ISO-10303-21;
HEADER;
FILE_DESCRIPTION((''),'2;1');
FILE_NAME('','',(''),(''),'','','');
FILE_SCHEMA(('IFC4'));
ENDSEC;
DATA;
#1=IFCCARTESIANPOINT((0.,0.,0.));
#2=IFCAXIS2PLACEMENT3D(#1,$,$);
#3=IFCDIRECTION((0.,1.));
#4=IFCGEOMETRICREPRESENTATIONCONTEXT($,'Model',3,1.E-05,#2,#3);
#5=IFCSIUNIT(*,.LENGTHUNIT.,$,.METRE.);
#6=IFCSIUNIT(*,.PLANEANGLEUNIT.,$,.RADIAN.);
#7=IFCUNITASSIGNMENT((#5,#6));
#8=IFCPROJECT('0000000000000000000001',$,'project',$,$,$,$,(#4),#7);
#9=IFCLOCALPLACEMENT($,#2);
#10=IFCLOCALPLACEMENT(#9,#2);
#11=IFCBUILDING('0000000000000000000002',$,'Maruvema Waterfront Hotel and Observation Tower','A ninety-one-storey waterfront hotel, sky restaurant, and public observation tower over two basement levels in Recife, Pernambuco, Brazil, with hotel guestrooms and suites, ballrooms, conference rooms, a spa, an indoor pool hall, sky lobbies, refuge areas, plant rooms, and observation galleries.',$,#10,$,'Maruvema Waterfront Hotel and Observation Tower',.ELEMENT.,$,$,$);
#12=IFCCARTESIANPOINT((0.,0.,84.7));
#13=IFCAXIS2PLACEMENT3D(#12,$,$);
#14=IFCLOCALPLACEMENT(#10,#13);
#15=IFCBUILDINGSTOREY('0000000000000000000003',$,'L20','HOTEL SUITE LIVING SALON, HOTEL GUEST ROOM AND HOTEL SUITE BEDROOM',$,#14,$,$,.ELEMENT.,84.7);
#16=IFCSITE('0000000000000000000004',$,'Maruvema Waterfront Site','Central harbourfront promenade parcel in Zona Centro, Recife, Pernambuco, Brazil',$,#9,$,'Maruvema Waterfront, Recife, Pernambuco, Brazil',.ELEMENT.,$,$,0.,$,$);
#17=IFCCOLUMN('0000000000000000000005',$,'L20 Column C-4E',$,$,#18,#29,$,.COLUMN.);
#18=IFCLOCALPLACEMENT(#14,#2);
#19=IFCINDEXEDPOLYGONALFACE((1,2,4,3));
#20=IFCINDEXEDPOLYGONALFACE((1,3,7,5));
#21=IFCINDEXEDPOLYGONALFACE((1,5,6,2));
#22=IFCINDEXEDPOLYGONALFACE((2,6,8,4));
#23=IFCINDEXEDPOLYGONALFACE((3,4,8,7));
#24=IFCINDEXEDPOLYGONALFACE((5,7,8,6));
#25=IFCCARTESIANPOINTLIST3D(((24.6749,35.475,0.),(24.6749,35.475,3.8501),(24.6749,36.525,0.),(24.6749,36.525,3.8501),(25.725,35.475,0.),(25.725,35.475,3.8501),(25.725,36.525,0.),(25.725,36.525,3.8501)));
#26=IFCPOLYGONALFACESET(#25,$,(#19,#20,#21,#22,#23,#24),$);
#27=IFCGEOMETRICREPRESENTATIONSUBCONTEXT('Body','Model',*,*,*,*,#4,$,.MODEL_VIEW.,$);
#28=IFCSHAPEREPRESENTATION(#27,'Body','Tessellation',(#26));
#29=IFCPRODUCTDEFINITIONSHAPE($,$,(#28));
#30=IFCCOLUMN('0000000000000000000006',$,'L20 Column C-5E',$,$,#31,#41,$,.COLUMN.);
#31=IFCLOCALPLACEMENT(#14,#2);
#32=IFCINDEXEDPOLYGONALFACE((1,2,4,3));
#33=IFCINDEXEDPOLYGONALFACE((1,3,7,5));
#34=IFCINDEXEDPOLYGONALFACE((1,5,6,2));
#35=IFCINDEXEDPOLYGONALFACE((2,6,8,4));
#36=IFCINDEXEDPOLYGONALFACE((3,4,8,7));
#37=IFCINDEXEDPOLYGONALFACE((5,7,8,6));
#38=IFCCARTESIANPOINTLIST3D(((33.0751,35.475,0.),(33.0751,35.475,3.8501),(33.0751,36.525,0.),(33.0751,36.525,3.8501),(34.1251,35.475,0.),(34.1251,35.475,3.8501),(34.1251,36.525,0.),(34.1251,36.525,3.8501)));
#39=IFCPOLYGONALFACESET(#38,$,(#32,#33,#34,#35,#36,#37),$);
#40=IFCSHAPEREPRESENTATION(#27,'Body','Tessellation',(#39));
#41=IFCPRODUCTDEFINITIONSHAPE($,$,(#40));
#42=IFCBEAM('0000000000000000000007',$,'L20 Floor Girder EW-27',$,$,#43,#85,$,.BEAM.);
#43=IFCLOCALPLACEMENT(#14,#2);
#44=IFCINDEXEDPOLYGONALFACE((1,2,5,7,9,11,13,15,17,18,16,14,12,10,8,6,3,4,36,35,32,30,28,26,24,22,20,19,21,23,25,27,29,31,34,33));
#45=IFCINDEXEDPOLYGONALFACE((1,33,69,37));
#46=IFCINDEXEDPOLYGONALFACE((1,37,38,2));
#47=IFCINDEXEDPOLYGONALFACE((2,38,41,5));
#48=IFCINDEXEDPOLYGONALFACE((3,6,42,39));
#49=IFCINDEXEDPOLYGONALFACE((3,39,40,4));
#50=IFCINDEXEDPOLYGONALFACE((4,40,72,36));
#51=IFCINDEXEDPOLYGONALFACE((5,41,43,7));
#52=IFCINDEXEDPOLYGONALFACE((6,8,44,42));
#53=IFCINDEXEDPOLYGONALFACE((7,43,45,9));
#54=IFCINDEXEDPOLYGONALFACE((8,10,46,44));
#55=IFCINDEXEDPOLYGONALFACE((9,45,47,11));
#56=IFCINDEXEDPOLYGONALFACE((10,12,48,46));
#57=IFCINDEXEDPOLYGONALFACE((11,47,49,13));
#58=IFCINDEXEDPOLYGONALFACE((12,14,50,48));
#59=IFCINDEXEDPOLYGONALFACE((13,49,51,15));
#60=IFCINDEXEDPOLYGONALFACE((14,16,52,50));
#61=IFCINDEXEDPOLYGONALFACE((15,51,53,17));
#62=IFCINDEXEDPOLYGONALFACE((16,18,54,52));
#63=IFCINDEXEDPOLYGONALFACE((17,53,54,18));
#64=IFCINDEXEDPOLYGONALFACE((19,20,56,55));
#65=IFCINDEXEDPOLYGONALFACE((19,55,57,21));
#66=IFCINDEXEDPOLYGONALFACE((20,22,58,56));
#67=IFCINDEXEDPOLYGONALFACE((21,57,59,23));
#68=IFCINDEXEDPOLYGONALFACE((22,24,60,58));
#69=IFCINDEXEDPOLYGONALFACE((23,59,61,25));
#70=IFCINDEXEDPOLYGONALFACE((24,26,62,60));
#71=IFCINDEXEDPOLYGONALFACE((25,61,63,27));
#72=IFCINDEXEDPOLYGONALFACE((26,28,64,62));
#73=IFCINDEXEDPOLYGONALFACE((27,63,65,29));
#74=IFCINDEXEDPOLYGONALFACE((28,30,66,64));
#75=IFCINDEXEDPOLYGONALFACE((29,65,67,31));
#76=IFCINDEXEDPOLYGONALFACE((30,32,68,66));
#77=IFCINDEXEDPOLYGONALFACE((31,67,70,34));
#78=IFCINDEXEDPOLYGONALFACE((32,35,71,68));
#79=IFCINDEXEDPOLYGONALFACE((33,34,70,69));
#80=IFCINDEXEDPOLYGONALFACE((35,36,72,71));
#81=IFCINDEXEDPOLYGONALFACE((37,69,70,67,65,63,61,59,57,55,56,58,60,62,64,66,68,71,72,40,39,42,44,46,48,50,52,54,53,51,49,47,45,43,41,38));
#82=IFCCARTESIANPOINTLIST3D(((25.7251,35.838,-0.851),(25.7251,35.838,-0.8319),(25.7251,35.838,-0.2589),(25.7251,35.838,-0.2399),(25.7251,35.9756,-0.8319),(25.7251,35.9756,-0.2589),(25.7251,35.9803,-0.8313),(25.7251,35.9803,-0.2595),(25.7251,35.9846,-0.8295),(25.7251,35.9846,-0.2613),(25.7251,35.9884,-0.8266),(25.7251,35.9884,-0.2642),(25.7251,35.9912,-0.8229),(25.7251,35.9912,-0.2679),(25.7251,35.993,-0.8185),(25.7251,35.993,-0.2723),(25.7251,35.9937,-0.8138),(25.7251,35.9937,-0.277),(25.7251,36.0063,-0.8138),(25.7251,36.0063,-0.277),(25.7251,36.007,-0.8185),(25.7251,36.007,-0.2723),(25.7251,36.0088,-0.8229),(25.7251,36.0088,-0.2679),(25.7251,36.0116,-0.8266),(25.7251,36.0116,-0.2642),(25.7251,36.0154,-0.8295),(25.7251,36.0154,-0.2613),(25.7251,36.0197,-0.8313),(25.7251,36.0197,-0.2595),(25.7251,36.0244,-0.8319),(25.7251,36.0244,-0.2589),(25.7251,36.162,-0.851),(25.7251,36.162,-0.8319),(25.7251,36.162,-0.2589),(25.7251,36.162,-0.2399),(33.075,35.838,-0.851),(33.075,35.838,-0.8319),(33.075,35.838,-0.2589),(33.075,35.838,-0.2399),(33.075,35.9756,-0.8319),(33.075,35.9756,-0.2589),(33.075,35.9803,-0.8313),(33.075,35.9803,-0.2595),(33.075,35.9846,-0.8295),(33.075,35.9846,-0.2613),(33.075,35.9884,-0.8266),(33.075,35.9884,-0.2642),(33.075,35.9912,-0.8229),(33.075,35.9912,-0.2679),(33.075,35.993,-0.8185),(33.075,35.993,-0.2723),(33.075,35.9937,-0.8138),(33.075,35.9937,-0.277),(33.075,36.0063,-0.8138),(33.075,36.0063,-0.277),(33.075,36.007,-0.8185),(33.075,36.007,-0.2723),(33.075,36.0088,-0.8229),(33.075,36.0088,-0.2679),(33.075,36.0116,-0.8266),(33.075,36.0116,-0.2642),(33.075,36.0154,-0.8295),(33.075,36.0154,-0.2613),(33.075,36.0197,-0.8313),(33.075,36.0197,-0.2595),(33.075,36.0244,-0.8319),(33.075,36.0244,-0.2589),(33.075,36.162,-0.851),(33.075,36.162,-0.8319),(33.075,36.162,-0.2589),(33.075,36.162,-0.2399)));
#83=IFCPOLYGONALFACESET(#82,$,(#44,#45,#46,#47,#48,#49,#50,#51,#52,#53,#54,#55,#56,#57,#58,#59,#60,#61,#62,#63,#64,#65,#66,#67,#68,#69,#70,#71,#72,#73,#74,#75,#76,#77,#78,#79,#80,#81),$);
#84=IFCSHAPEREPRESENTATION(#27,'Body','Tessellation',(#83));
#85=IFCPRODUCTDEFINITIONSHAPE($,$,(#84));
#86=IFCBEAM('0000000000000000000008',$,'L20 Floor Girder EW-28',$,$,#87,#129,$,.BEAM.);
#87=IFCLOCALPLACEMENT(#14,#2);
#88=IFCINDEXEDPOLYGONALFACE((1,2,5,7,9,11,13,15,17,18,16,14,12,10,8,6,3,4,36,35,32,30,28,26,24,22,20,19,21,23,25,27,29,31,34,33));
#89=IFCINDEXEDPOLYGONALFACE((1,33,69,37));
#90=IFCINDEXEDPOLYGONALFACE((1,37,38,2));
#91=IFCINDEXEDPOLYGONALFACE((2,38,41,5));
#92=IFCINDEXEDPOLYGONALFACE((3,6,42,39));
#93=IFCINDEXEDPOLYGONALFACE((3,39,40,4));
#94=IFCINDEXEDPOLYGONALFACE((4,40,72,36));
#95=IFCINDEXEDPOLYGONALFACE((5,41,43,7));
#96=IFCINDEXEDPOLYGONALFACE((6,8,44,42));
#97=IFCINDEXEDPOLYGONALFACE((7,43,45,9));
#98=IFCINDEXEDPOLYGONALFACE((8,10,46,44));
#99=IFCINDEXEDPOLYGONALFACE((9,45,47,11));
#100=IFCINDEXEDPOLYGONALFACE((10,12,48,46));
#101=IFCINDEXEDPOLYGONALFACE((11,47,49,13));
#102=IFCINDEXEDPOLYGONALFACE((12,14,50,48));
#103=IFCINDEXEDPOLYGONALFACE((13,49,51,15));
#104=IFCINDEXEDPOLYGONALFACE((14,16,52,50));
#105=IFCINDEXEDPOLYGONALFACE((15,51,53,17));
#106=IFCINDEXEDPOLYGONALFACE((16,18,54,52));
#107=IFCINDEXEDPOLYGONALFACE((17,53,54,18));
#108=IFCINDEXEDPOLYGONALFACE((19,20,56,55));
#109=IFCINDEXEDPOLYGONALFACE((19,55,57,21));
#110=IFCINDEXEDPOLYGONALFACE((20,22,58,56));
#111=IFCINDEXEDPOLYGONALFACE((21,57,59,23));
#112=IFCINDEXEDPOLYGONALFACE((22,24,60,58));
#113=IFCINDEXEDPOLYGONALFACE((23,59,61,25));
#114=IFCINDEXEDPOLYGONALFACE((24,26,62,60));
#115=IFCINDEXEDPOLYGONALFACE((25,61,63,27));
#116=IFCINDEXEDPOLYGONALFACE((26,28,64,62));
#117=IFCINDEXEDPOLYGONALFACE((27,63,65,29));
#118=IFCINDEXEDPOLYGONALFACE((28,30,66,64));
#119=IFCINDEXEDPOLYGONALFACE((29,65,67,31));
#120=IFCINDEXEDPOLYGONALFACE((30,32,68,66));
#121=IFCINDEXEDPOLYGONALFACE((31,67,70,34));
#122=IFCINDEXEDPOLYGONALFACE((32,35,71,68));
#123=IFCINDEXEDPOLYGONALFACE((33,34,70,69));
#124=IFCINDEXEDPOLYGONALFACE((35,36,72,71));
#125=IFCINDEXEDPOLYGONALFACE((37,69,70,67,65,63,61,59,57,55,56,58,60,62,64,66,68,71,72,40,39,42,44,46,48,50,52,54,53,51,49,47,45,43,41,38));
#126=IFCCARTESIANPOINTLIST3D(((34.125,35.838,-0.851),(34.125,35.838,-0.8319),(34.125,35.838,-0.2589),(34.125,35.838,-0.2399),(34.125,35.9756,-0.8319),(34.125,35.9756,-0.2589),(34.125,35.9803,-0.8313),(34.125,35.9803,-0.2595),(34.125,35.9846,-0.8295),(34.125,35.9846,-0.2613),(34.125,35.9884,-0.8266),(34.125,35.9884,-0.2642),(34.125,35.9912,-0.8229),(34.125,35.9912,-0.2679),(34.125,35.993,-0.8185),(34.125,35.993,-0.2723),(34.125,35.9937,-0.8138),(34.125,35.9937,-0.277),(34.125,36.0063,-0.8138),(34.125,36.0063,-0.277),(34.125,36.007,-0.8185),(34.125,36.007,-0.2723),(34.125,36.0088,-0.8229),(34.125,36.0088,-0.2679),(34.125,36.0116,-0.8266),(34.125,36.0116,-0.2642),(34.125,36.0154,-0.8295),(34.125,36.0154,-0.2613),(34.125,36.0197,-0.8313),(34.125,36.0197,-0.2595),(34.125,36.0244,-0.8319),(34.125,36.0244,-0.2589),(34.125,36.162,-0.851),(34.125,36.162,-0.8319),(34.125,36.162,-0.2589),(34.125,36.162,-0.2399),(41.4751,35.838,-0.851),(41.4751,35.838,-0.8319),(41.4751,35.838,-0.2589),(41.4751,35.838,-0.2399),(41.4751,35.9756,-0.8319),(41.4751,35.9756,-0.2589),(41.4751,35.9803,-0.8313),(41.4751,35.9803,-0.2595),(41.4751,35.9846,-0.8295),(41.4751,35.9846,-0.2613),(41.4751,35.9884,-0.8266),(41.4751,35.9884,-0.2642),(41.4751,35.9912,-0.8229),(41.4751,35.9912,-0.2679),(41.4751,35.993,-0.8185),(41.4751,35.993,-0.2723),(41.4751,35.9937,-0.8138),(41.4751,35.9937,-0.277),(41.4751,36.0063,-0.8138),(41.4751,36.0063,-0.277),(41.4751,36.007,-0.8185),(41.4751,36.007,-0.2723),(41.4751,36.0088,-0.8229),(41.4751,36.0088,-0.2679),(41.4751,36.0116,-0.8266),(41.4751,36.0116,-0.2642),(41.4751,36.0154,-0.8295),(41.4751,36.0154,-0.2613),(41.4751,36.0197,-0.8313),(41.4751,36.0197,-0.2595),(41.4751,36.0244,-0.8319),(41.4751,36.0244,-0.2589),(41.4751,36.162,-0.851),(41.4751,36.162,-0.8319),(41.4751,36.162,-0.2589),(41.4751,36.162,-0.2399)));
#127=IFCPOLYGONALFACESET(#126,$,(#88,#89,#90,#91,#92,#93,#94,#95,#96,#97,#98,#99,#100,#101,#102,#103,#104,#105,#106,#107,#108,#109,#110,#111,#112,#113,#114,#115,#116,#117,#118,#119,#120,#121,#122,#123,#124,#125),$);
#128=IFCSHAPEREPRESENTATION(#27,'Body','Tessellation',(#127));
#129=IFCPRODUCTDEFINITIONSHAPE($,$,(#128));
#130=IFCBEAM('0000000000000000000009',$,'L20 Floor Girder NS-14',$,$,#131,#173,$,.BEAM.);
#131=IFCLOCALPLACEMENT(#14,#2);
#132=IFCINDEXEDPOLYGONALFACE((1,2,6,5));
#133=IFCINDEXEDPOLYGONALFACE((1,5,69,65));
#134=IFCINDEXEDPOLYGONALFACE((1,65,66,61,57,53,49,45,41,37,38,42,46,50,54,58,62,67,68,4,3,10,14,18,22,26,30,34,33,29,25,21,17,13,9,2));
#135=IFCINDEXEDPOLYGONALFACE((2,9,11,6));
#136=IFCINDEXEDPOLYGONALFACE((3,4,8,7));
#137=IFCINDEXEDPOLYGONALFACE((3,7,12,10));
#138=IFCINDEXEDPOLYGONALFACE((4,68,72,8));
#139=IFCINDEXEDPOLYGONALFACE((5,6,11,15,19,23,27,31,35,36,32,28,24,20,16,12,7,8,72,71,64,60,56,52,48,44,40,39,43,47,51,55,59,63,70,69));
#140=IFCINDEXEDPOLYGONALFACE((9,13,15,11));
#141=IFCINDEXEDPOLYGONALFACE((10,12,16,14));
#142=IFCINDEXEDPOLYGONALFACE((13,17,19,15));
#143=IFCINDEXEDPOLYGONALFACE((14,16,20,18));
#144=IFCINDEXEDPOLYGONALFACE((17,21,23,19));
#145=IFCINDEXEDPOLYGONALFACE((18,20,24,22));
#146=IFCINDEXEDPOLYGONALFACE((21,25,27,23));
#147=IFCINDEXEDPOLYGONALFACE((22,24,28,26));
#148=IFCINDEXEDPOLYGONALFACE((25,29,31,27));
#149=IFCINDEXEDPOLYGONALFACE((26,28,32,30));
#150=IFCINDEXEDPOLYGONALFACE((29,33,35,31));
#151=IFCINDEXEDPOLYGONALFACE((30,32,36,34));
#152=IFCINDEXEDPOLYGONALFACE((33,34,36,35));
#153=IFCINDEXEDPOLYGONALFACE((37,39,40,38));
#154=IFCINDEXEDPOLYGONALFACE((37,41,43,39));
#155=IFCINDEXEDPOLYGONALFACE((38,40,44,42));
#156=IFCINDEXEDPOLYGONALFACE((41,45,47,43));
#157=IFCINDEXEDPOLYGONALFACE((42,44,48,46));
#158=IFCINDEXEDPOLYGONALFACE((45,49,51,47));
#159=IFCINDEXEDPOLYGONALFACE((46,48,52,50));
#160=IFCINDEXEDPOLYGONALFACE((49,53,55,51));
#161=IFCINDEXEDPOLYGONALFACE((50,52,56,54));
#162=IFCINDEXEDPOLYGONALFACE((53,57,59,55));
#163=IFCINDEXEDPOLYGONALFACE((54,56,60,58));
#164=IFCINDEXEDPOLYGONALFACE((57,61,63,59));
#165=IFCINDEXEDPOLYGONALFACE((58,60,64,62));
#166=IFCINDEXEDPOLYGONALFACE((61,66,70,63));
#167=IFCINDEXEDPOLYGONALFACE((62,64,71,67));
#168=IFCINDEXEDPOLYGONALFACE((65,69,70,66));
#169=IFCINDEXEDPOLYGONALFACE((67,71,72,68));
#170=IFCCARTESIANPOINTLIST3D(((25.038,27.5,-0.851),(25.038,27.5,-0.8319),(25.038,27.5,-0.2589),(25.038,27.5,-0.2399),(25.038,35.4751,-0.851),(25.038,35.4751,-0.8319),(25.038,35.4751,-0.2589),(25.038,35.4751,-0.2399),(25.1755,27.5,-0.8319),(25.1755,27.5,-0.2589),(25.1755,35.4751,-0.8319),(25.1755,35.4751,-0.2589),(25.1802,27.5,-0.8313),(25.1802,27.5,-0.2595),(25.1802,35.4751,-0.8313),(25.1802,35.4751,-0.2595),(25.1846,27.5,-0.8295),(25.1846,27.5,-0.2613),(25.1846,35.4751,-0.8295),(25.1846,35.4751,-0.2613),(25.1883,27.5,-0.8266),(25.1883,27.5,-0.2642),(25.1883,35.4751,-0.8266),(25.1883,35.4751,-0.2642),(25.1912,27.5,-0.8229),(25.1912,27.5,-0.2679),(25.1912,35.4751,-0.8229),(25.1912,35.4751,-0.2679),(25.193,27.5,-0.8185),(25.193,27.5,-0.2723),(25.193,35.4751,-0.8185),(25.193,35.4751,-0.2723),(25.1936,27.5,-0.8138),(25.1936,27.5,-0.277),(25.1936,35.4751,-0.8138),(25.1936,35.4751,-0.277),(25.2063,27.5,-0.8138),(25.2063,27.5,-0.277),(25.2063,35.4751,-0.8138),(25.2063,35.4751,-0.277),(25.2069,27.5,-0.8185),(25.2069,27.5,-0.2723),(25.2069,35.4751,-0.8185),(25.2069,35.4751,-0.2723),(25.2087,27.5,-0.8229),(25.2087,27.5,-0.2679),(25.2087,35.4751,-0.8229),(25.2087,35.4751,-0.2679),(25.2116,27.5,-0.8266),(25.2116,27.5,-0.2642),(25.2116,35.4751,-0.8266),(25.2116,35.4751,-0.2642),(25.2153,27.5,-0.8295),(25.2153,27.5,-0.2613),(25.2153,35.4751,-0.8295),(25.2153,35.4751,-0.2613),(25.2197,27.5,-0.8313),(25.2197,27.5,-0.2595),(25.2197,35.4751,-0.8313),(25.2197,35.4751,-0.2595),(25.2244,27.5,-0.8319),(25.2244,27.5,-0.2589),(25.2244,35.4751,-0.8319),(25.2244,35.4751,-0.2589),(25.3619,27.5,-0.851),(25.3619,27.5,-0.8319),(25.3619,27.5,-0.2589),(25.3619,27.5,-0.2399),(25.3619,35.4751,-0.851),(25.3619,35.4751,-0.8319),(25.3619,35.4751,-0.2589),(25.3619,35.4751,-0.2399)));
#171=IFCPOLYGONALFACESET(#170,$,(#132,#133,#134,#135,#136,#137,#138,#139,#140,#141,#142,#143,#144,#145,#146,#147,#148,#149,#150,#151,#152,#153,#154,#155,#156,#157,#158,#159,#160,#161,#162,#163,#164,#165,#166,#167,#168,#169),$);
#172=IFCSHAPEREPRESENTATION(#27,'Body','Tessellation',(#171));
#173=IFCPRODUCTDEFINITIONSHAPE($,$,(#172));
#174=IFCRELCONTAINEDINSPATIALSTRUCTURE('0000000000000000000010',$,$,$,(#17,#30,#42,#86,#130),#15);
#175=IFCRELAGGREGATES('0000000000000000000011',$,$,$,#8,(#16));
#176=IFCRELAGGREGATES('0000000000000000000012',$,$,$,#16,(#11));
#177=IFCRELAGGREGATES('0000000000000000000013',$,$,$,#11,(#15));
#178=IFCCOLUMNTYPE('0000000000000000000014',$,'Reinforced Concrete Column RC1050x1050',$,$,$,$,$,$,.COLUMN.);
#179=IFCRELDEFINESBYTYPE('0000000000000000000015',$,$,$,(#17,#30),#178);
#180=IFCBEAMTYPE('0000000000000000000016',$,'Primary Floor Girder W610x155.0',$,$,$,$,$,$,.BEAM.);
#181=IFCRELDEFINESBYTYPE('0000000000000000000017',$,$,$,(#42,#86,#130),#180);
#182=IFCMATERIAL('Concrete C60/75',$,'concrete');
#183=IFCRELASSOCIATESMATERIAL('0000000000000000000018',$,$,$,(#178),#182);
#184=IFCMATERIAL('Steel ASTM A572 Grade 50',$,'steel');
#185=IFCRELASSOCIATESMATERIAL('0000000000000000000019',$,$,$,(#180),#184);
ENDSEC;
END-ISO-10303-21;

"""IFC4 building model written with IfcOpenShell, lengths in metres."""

from ifc_helpers import new_model, si_unit, direction, frame, origin, origin_2d, place, context, subcontext, project, spatial, rectangle, i_section, extrude, material, material_profile, profile_set, type_object, element, save


model = new_model("IFC4")

# Units and contexts
model_context = context("Model", 3, precision=1e-05, world=origin(), true_north=direction((0.0, 1.0)))
body_context = subcontext(model_context, "Body", "Model", "MODEL_VIEW")
ifc_project = project(units=[si_unit("LENGTHUNIT", "METRE"), si_unit("PLANEANGLEUNIT", "RADIAN")], contexts=[model_context])

# Site, building, storey
site_placement = place(None, origin())
site = spatial("IfcSite", under=ifc_project, at=site_placement, Name="Maruvema Waterfront Site", Description="Central harbourfront promenade parcel in Zona Centro, Recife, Pernambuco, Brazil", LongName="Maruvema Waterfront, Recife, Pernambuco, Brazil", CompositionType="ELEMENT", RefElevation=0.0)
building_placement = place(site_placement, origin())
building = spatial("IfcBuilding", under=site, at=building_placement, Name="Maruvema Waterfront Hotel and Observation Tower", Description="A ninety-one-storey waterfront hotel, sky restaurant, and public observation tower over two basement levels in Recife, Pernambuco, Brazil, with hotel guestrooms and suites, ballrooms, conference rooms, a spa, an indoor pool hall, sky lobbies, refuge areas, plant rooms, and observation galleries.", LongName="Maruvema Waterfront Hotel and Observation Tower", CompositionType="ELEMENT")
storey_placement = place(building_placement, frame((0.0, 0.0, 84.7)))
storey = spatial("IfcBuildingStorey", under=building, at=storey_placement, Name="L20", Description="HOTEL SUITE LIVING SALON, HOTEL GUEST ROOM AND HOTEL SUITE BEDROOM", CompositionType="ELEMENT", Elevation=84.7)

# Columns
ifc_material_1 = material(Name="Concrete C60/75", Category="concrete")
ifc_material_profile_1 = material_profile(ifc_material_1, rectangle(XDim=1.05, YDim=1.05, at=origin_2d()), Name="RC1050x1050")
ifc_profile_set_1 = profile_set([ifc_material_profile_1], Name="Concrete C60/75")
column_type = type_object("IfcColumnType", Name="Reinforced Concrete Column RC1050x1050", PredefinedType="COLUMN", material=ifc_profile_set_1)
for number, where, z_axis, x_axis, name in (
    (1, (25.2, 36.0, 0.0), (0.0, 0.0, 1.0), (1.0, 0.0, 0.0), "L20 Column C-4E"),
    (2, (33.6001, 36.0, 0.0), (0.0, 0.0, 1.0), (1.0, 0.0, 0.0), "L20 Column C-5E"),
):
    element("IfcColumn", number, at=place(storey_placement, frame(where, z_axis=z_axis, x_axis=x_axis)), inside=storey, type_object=column_type, Name=name, PredefinedType="COLUMN", context=body_context, shape_type="SweptSolid", body=[
        extrude(rectangle(XDim=1.05, YDim=1.05, at=origin_2d()), origin(), (0.0, 0.0, 1.0), 3.8501),
    ])

# Beams
ifc_material_2 = material(Name="Steel ASTM A572 Grade 50", Category="steel")
ifc_material_profile_2 = material_profile(ifc_material_2, i_section(OverallWidth=0.324, OverallDepth=0.6111, WebThickness=0.0127, FlangeThickness=0.019, FilletRadius=0.0181, at=origin_2d()), Name="W610x155.0")
ifc_profile_set_2 = profile_set([ifc_material_profile_2], Name="Steel ASTM A572 Grade 50")
beam_type_1 = type_object("IfcBeamType", Name="Primary Floor Girder W610x155.0", PredefinedType="BEAM", material=ifc_profile_set_2)
beam_1_placement = place(storey_placement, frame((25.7251, 36.0, -0.5454), z_axis=(1.0, 0.0, 0.0), x_axis=(0.0, 1.0, 0.0)))
element("IfcBeam", 3, at=beam_1_placement, inside=storey, type_object=beam_type_1, Name="L20 Floor Girder EW-27", PredefinedType="BEAM", context=body_context, shape_type="SweptSolid", body=[
    extrude(i_section(OverallWidth=0.324, OverallDepth=0.6111, WebThickness=0.0127, FlangeThickness=0.019, FilletRadius=0.0181, at=origin_2d()), origin(), (0.0, 0.0, 1.0), 7.3499),
])
beam_2_placement = place(storey_placement, frame((34.125, 36.0, -0.5454), z_axis=(1.0, 0.0, 0.0), x_axis=(0.0, 1.0, 0.0)))
element("IfcBeam", 4, at=beam_2_placement, inside=storey, type_object=beam_type_1, Name="L20 Floor Girder EW-28", PredefinedType="BEAM", context=body_context, shape_type="SweptSolid", body=[
    extrude(i_section(OverallWidth=0.324, OverallDepth=0.6111, WebThickness=0.0127, FlangeThickness=0.019, FilletRadius=0.0181, at=origin_2d()), origin(), (0.0, 0.0, 1.0), 7.3501),
])
for number, where, z_axis, x_axis, name in (
    (5, (25.2, 27.5, -0.5454), (0.0, 1.0, 0.0), (-1.0, 0.0, 0.0), "L20 Floor Girder NS-14"),
):
    element("IfcBeam", number, at=place(storey_placement, frame(where, z_axis=z_axis, x_axis=x_axis)), inside=storey, type_object=beam_type_1, Name=name, PredefinedType="BEAM", context=body_context, shape_type="SweptSolid", body=[
        extrude(i_section(OverallWidth=0.324, OverallDepth=0.6111, WebThickness=0.0127, FlangeThickness=0.019, FilletRadius=0.0181, at=origin_2d()), origin(), (0.0, 0.0, 1.0), 7.9751),
    ])

save(model, "model.ifc")
